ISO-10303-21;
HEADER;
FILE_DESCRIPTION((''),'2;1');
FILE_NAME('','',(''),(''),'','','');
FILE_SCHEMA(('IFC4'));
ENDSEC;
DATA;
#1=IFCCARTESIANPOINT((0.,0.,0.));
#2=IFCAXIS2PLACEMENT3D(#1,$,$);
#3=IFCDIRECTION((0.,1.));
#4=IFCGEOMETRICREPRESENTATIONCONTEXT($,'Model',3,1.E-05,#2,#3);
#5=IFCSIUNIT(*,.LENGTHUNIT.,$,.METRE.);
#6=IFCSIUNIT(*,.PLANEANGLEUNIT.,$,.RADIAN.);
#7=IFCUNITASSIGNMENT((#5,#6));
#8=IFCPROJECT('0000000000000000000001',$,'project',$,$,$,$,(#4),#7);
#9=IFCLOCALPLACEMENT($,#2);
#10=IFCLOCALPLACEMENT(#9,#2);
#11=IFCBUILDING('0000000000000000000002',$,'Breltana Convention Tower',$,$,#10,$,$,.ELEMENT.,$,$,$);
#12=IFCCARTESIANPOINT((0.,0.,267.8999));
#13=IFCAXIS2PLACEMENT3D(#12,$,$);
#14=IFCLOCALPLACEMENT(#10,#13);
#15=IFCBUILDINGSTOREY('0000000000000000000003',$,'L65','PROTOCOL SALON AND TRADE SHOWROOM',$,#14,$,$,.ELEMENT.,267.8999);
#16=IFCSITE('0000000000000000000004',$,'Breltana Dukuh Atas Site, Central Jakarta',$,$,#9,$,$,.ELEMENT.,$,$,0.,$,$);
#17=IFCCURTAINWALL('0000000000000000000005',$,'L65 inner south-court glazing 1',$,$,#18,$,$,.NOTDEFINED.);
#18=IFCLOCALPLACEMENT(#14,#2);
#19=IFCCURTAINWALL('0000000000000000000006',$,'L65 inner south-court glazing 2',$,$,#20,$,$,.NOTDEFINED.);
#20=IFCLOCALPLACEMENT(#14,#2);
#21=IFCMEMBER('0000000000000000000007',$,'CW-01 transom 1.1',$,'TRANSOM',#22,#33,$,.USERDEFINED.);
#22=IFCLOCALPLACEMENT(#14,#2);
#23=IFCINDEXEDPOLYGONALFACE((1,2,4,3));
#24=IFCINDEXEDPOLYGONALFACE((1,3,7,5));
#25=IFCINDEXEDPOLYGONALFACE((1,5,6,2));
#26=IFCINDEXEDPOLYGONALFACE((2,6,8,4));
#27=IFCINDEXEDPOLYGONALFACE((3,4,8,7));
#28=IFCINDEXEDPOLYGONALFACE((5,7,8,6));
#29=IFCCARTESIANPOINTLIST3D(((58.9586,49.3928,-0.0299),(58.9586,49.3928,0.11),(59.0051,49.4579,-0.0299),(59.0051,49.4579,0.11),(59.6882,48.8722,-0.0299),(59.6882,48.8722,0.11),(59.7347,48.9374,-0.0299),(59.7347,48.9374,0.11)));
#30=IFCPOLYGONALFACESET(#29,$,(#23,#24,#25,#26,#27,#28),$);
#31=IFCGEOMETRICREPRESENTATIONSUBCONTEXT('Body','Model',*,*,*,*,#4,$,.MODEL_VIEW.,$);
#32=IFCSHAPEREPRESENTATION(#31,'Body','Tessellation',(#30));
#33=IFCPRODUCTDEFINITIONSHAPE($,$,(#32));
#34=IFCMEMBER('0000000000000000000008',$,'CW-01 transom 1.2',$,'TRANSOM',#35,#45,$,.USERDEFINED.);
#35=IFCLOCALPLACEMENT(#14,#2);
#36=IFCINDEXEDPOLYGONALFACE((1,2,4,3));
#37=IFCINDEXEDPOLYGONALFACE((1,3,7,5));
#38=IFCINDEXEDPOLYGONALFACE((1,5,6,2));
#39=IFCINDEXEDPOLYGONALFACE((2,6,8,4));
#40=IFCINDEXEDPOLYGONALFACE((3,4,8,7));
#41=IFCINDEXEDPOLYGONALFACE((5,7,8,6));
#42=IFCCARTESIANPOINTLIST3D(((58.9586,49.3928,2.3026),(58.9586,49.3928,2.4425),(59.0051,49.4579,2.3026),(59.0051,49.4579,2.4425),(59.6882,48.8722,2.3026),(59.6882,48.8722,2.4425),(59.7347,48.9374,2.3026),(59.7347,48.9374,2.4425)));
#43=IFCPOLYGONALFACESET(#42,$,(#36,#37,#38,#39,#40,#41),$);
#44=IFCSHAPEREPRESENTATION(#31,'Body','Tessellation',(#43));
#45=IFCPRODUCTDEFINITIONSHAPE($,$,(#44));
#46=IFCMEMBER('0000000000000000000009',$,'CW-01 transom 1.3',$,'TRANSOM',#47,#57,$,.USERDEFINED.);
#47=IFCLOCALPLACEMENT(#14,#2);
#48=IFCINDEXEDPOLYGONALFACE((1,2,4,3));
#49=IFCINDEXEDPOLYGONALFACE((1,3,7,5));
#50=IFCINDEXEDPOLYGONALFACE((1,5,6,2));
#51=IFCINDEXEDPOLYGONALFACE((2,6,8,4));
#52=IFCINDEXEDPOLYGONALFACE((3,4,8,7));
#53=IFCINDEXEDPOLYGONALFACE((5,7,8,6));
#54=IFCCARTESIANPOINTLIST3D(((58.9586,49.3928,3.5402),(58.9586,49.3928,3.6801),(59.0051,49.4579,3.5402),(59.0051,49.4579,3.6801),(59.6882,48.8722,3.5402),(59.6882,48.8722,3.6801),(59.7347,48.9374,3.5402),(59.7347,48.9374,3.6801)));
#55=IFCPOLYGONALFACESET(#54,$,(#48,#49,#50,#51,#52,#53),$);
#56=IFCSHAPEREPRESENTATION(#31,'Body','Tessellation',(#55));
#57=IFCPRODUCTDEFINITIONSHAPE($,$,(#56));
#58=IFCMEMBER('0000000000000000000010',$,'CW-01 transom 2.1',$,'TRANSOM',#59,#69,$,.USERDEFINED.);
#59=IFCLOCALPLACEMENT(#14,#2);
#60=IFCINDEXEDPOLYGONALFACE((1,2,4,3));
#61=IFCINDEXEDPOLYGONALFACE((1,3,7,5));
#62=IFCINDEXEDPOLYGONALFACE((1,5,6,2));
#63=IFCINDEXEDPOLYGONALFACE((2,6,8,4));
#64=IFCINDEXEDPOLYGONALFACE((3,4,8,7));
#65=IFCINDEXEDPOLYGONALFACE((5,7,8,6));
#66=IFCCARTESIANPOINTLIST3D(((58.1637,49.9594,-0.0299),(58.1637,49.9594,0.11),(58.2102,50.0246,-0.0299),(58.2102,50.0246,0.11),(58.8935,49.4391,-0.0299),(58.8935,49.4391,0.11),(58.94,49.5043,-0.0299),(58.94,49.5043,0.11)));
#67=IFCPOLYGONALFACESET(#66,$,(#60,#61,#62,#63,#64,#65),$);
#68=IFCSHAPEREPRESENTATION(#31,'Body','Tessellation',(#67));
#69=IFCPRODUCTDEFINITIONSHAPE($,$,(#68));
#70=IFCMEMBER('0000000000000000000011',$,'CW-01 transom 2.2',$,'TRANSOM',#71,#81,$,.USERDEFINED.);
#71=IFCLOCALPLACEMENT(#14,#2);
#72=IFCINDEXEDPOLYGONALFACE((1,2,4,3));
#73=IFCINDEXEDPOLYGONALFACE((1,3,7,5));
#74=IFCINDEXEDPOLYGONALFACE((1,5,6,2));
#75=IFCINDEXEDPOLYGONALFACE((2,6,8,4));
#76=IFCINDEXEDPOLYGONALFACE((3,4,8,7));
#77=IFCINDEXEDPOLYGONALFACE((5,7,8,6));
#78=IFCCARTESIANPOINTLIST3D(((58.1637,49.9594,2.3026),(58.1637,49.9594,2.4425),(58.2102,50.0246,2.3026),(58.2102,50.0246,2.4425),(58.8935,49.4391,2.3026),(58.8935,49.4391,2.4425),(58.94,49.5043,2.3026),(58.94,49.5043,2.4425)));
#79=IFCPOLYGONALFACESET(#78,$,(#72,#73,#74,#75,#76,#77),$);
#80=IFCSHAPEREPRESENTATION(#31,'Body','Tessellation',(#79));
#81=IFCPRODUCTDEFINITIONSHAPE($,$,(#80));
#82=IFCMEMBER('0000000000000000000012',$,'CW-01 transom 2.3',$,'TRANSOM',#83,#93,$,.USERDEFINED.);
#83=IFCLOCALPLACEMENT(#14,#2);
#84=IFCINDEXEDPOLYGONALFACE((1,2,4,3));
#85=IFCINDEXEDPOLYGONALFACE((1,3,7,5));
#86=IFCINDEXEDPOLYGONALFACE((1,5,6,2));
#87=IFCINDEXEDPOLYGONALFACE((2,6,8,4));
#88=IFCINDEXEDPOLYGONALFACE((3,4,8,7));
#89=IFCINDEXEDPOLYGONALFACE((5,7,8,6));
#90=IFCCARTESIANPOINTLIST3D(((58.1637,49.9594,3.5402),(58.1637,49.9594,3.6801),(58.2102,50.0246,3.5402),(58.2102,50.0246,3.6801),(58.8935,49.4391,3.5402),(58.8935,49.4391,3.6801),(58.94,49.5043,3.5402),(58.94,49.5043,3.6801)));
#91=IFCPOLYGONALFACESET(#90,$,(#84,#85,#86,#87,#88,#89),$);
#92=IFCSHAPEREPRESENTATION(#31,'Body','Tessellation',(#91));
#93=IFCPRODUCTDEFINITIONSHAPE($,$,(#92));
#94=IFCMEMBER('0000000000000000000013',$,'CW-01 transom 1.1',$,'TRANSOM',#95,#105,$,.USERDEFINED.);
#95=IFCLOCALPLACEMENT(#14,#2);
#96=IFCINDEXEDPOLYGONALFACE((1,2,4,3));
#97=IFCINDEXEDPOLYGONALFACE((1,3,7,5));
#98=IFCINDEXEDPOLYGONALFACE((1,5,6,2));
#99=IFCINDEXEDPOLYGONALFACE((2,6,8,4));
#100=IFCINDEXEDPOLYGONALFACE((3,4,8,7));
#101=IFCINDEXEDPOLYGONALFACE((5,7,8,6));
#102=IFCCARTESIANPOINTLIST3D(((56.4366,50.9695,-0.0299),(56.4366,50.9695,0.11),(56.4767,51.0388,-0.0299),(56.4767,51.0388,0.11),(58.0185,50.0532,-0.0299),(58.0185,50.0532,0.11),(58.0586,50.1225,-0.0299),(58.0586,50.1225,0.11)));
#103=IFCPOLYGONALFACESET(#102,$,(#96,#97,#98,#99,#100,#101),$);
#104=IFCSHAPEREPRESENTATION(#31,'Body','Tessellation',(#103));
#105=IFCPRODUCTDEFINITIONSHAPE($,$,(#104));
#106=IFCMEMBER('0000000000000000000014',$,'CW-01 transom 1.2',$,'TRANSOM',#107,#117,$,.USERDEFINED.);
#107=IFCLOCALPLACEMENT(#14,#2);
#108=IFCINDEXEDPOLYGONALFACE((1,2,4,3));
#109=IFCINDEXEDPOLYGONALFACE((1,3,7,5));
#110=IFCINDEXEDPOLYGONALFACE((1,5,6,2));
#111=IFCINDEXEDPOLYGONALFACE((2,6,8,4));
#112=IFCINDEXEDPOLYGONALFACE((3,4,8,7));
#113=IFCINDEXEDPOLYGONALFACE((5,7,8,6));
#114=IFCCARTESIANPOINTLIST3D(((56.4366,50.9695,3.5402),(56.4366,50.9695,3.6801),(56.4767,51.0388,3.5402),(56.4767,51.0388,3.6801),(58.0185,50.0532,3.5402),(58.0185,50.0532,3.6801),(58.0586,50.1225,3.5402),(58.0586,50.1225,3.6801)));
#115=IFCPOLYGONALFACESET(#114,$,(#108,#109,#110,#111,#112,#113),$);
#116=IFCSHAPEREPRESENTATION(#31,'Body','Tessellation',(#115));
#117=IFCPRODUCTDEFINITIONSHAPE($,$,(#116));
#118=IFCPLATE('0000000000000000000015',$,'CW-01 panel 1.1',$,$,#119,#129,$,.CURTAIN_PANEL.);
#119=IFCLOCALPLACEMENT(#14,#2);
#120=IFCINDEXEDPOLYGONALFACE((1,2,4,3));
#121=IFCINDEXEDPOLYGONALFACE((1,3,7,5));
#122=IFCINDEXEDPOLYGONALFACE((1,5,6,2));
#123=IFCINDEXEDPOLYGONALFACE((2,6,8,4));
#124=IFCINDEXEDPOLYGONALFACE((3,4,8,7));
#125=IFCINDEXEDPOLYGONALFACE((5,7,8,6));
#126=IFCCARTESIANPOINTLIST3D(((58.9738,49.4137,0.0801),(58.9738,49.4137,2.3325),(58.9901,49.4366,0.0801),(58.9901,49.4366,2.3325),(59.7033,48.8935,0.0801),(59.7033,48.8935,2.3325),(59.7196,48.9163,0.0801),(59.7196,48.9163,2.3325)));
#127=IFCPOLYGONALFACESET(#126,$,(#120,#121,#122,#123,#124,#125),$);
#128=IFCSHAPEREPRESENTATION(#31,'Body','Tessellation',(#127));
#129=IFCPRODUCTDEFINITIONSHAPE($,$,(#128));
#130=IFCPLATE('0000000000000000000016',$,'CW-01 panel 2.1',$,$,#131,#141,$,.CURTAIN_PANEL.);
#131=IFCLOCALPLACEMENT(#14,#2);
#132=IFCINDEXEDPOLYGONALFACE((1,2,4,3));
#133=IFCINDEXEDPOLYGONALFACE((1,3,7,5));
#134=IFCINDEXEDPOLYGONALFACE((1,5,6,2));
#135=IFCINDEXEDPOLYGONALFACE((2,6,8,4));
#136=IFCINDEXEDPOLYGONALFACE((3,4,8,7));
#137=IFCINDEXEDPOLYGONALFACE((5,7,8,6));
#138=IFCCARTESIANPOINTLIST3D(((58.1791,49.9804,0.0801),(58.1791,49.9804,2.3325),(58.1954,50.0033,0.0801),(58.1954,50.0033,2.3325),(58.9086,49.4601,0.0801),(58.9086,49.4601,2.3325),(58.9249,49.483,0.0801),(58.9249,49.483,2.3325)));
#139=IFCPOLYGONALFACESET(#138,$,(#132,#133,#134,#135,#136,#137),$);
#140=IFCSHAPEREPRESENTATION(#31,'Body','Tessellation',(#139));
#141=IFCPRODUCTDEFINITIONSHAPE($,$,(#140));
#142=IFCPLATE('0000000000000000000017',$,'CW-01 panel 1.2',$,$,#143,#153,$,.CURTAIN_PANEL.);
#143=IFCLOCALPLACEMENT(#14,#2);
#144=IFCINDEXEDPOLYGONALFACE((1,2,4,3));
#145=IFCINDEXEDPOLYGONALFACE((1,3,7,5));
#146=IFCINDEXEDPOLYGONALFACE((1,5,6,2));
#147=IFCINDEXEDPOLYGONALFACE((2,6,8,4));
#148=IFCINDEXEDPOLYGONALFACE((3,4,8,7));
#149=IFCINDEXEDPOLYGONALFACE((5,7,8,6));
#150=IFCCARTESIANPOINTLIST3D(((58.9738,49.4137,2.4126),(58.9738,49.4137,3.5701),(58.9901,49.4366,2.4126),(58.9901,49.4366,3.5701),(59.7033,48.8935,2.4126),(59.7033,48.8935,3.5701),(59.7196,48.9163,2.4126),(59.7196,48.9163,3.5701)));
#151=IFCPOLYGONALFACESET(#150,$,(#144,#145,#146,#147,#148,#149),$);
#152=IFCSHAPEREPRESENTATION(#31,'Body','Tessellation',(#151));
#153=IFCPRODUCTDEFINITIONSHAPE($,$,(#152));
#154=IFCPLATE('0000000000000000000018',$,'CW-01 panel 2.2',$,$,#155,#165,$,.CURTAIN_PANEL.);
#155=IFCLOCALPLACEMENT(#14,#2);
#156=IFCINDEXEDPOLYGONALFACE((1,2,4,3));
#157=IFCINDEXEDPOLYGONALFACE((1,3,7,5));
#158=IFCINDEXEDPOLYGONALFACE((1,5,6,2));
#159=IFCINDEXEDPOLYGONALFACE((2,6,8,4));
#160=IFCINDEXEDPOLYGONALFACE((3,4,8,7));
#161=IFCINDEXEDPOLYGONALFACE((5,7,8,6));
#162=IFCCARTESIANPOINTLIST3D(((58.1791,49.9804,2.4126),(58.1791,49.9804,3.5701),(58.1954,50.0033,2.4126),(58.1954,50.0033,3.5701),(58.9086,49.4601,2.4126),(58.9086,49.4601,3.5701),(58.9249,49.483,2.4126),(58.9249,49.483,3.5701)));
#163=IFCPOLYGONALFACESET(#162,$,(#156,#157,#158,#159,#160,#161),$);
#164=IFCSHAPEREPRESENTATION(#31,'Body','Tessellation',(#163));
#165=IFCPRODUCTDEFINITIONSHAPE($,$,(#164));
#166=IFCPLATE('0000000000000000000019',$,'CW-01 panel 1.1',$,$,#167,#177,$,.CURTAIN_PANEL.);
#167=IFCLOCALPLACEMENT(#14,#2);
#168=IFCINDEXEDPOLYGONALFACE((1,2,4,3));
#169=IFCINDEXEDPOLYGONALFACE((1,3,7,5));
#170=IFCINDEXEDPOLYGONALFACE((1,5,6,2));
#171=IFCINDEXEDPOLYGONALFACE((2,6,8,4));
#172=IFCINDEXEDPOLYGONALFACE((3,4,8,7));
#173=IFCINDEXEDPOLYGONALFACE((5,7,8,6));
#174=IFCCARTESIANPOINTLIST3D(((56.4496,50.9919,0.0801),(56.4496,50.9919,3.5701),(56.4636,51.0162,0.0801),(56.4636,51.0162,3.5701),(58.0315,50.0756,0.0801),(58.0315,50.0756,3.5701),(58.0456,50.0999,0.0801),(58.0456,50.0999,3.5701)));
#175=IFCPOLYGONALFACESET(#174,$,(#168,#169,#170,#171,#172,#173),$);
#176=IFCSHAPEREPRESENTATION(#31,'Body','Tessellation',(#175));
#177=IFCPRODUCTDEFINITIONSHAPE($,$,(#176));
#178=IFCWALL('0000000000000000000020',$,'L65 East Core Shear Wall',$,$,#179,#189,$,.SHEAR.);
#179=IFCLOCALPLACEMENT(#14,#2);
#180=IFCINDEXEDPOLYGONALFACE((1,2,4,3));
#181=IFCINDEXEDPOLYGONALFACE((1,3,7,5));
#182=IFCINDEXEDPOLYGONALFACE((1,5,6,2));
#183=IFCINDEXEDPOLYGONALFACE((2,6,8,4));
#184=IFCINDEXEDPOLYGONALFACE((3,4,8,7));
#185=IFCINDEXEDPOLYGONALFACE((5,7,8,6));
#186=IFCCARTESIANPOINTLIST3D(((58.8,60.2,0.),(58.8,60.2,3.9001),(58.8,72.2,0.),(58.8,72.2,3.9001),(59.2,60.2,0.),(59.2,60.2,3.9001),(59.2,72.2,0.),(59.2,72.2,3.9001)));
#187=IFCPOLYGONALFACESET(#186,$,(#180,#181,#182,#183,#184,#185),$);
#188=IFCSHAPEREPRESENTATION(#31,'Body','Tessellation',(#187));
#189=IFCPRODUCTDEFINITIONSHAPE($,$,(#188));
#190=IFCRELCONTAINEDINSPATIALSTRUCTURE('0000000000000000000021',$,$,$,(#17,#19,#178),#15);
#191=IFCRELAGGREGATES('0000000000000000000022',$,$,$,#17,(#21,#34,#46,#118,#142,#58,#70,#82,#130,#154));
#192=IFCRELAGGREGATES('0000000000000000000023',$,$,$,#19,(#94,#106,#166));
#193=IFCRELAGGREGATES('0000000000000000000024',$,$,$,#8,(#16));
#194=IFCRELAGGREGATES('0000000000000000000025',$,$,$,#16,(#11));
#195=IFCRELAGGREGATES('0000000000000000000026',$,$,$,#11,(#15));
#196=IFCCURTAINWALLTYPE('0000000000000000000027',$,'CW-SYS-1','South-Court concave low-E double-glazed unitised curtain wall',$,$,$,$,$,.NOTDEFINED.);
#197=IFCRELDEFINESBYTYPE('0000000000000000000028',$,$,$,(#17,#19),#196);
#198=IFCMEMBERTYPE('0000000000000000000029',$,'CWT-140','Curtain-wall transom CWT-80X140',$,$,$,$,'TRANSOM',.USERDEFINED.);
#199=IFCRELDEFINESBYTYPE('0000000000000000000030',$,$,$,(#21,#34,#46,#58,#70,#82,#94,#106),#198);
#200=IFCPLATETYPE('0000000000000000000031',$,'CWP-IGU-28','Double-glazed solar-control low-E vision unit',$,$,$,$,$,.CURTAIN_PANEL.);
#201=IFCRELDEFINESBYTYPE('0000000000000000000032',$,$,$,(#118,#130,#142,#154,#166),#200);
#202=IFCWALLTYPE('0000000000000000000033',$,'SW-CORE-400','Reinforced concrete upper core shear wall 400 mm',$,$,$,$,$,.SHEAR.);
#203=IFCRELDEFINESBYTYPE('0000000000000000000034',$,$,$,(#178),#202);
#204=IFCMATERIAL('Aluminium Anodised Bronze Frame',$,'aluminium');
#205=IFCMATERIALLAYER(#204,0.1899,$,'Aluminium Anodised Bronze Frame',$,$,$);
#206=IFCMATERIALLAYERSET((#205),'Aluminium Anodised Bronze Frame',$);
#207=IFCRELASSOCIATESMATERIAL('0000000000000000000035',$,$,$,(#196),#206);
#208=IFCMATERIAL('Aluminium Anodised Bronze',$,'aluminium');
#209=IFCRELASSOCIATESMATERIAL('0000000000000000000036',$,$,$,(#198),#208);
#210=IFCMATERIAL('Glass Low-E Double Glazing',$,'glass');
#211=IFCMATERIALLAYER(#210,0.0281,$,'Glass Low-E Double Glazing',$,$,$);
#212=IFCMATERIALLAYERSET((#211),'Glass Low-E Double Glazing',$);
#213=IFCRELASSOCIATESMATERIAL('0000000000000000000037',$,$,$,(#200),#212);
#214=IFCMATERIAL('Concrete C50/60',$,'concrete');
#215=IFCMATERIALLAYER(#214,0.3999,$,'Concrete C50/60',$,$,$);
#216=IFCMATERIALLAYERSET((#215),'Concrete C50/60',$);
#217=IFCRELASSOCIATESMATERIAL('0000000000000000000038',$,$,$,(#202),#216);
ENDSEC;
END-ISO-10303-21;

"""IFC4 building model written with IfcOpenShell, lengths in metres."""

from ifc_helpers import new_model, si_unit, direction, frame, frame_2d, origin, origin_2d, place, context, subcontext, project, spatial, rectangle, extrude, source, transform, mapped, material, layer, layer_set, material_profile, profile_set, type_object, element, aggregate, save


model = new_model("IFC4")

# Units and contexts
model_context = context("Model", 3, precision=1e-05, world=origin(), true_north=direction((0.0, 1.0)))
body_context = subcontext(model_context, "Body", "Model", "MODEL_VIEW")
ifc_project = project(units=[si_unit("LENGTHUNIT", "METRE"), si_unit("PLANEANGLEUNIT", "RADIAN")], contexts=[model_context])

# Site, building, storey
site_placement = place(None, origin())
site = spatial("IfcSite", under=ifc_project, at=site_placement, Name="Breltana Dukuh Atas Site, Central Jakarta", CompositionType="ELEMENT", RefElevation=0.0)
building_placement = place(site_placement, origin())
building = spatial("IfcBuilding", under=site, at=building_placement, Name="Breltana Convention Tower", CompositionType="ELEMENT")
storey_placement = place(building_placement, frame((0.0, 0.0, 267.8999)))
storey = spatial("IfcBuildingStorey", under=building, at=storey_placement, Name="L65", Description="PROTOCOL SALON AND TRADE SHOWROOM", CompositionType="ELEMENT", Elevation=267.8999)

# Curtain walls
ifc_material_1 = material(Name="Aluminium Anodised Bronze Frame", Category="aluminium")
ifc_layer_1 = layer(ifc_material_1, 0.1899, Name="Aluminium Anodised Bronze Frame")
ifc_layer_set_1 = layer_set([ifc_layer_1], Name="Aluminium Anodised Bronze Frame")
curtain_wall_type = type_object("IfcCurtainWallType", Name="CW-SYS-1", Description="South-Court concave low-E double-glazed unitised curtain wall", PredefinedType="NOTDEFINED", material=ifc_layer_set_1)
curtain_wall_1_placement = place(storey_placement, origin())
curtain_wall_1 = element("IfcCurtainWall", 1, at=curtain_wall_1_placement, inside=storey, type_object=curtain_wall_type, Name="L65 inner south-court glazing 1", PredefinedType="NOTDEFINED")
ifc_material_2 = material(Name="Aluminium Anodised Bronze", Category="aluminium")
curtain_wall_2_placement = place(storey_placement, origin())
curtain_wall_2 = element("IfcCurtainWall", 2, at=curtain_wall_2_placement, inside=storey, type_object=curtain_wall_type, Name="L65 inner south-court glazing 2", PredefinedType="NOTDEFINED")

# Members
ifc_material_profile_1 = material_profile(ifc_material_2, rectangle(XDim=0.0801, YDim=0.1399, at=origin_2d()), Name="CWT-80X140")
ifc_profile_set_1 = profile_set([ifc_material_profile_1], Name="Aluminium Anodised Bronze")
member_type_1 = type_object("IfcMemberType", Name="CWT-140", Description="Curtain-wall transom CWT-80X140", ElementType="TRANSOM", PredefinedType="USERDEFINED", material=ifc_profile_set_1)
shared_shape_1 = source(origin(), body_context, "Body", "SweptSolid", [
    extrude(rectangle(XDim=0.0801, YDim=0.1399, at=origin_2d()), origin(), (0.0, 0.0, 1.0), 0.8962),
])
member_1_placement = place(storey_placement, frame((59.7114, 48.9048, 0.04), z_axis=(-0.814028, 0.580826, 0.0), x_axis=(-0.580826, -0.814028, 0.0)))
member_1 = element("IfcMember", 3, at=member_1_placement, type_object=member_type_1, Name="CW-01 transom 1.1", ObjectType="TRANSOM", PredefinedType="USERDEFINED", context=body_context, shape_type="MappedRepresentation", body=[
    mapped(shared_shape_1, transform((0.0, 0.0, 0.0), scale=1.0)),
])
member_2_placement = place(storey_placement, frame((59.7114, 48.9048, 2.3726), z_axis=(-0.814028, 0.580826, 0.0), x_axis=(-0.580826, -0.814028, 0.0)))
member_2 = element("IfcMember", 4, at=member_2_placement, type_object=member_type_1, Name="CW-01 transom 1.2", ObjectType="TRANSOM", PredefinedType="USERDEFINED", context=body_context, shape_type="MappedRepresentation", body=[
    mapped(shared_shape_1, transform((0.0, 0.0, 0.0), scale=1.0)),
])
member_3_placement = place(storey_placement, frame((59.7114, 48.9048, 3.6101), z_axis=(-0.814028, 0.580826, 0.0), x_axis=(-0.580826, -0.814028, 0.0)))
member_3 = element("IfcMember", 5, at=member_3_placement, type_object=member_type_1, Name="CW-01 transom 1.3", ObjectType="TRANSOM", PredefinedType="USERDEFINED", context=body_context, shape_type="MappedRepresentation", body=[
    mapped(shared_shape_1, transform((0.0, 0.0, 0.0), scale=1.0)),
])
member_4_placement = place(storey_placement, frame((58.9167, 49.4717, 0.04), z_axis=(-0.814249, 0.580516, 0.0), x_axis=(-0.580516, -0.814249, 0.0)))
member_4 = element("IfcMember", 6, at=member_4_placement, type_object=member_type_1, Name="CW-01 transom 2.1", ObjectType="TRANSOM", PredefinedType="USERDEFINED", context=body_context, shape_type="MappedRepresentation", body=[
    mapped(shared_shape_1, transform((0.0, 0.0, 0.0), scale=1.0)),
])
member_5_placement = place(storey_placement, frame((58.9167, 49.4717, 2.3726), z_axis=(-0.814249, 0.580516, 0.0), x_axis=(-0.580516, -0.814249, 0.0)))
member_5 = element("IfcMember", 7, at=member_5_placement, type_object=member_type_1, Name="CW-01 transom 2.2", ObjectType="TRANSOM", PredefinedType="USERDEFINED", context=body_context, shape_type="MappedRepresentation", body=[
    mapped(shared_shape_1, transform((0.0, 0.0, 0.0), scale=1.0)),
])
member_6_placement = place(storey_placement, frame((58.9167, 49.4717, 3.6101), z_axis=(-0.814249, 0.580516, 0.0), x_axis=(-0.580516, -0.814249, 0.0)))
member_6 = element("IfcMember", 8, at=member_6_placement, type_object=member_type_1, Name="CW-01 transom 2.3", ObjectType="TRANSOM", PredefinedType="USERDEFINED", context=body_context, shape_type="MappedRepresentation", body=[
    mapped(shared_shape_1, transform((0.0, 0.0, 0.0), scale=1.0)),
])
shared_shape_2 = source(origin(), body_context, "Body", "SweptSolid", [
    extrude(rectangle(XDim=0.0801, YDim=0.1399, at=origin_2d()), origin(), (0.0, 0.0, 1.0), 1.8281),
])
member_7_placement = place(storey_placement, frame((58.0386, 50.0879, 0.04), z_axis=(-0.865344, 0.501178, 0.0), x_axis=(-0.501178, -0.865344, 0.0)))
member_7 = element("IfcMember", 9, at=member_7_placement, type_object=member_type_1, Name="CW-01 transom 1.1", ObjectType="TRANSOM", PredefinedType="USERDEFINED", context=body_context, shape_type="MappedRepresentation", body=[
    mapped(shared_shape_2, transform((0.0, 0.0, 0.0), scale=1.0)),
])
member_8_placement = place(storey_placement, frame((58.0386, 50.0879, 3.6101), z_axis=(-0.865344, 0.501178, 0.0), x_axis=(-0.501178, -0.865344, 0.0)))
member_8 = element("IfcMember", 10, at=member_8_placement, type_object=member_type_1, Name="CW-01 transom 1.2", ObjectType="TRANSOM", PredefinedType="USERDEFINED", context=body_context, shape_type="MappedRepresentation", body=[
    mapped(shared_shape_2, transform((0.0, 0.0, 0.0), scale=1.0)),
])

# Plates
ifc_material_3 = material(Name="Glass Low-E Double Glazing", Category="glass")
ifc_layer_2 = layer(ifc_material_3, 0.0281, Name="Glass Low-E Double Glazing")
ifc_layer_set_2 = layer_set([ifc_layer_2], Name="Glass Low-E Double Glazing")
plate_type = type_object("IfcPlateType", Name="CWP-IGU-28", Description="Double-glazed solar-control low-E vision unit", PredefinedType="CURTAIN_PANEL", material=ifc_layer_set_2)
shared_shape_3 = source(origin(), body_context, "Body", "SweptSolid", [
    extrude(rectangle(XDim=0.896, YDim=0.0281, at=origin_2d()), origin(), (0.0, 0.0, 1.0), 2.2524),
])
plate_1_placement = place(storey_placement, frame((59.3467, 49.165, 0.0801), z_axis=(0.0, 0.0, 1.0), x_axis=(-0.814149, 0.580656, 0.0)))
plate_1 = element("IfcPlate", 11, at=plate_1_placement, type_object=plate_type, Name="CW-01 panel 1.1", PredefinedType="CURTAIN_PANEL", context=body_context, shape_type="MappedRepresentation", body=[
    mapped(shared_shape_3, transform((0.0, 0.0, 0.0), scale=1.0)),
])
plate_2_placement = place(storey_placement, frame((58.552, 49.7317, 0.0801), z_axis=(0.0, 0.0, 1.0), x_axis=(-0.814149, 0.580656, 0.0)))
plate_2 = element("IfcPlate", 12, at=plate_2_placement, type_object=plate_type, Name="CW-01 panel 2.1", PredefinedType="CURTAIN_PANEL", context=body_context, shape_type="MappedRepresentation", body=[
    mapped(shared_shape_3, transform((0.0, 0.0, 0.0), scale=1.0)),
])
shared_shape_4 = source(origin(), body_context, "Body", "SweptSolid", [
    extrude(rectangle(XDim=0.896, YDim=0.0281, at=origin_2d()), origin(), (0.0, 0.0, 1.0), 1.1575),
])
plate_3_placement = place(storey_placement, frame((59.3467, 49.165, 2.4126), z_axis=(0.0, 0.0, 1.0), x_axis=(-0.814149, 0.580656, 0.0)))
plate_3 = element("IfcPlate", 13, at=plate_3_placement, type_object=plate_type, Name="CW-01 panel 1.2", PredefinedType="CURTAIN_PANEL", context=body_context, shape_type="MappedRepresentation", body=[
    mapped(shared_shape_4, transform((0.0, 0.0, 0.0), scale=1.0)),
])
plate_4_placement = place(storey_placement, frame((58.552, 49.7317, 2.4126), z_axis=(0.0, 0.0, 1.0), x_axis=(-0.814149, 0.580656, 0.0)))
plate_4 = element("IfcPlate", 14, at=plate_4_placement, type_object=plate_type, Name="CW-01 panel 2.2", PredefinedType="CURTAIN_PANEL", context=body_context, shape_type="MappedRepresentation", body=[
    mapped(shared_shape_4, transform((0.0, 0.0, 0.0), scale=1.0)),
])
aggregate(curtain_wall_1, [member_1, member_2, member_3, plate_1, plate_3, member_4, member_5, member_6, plate_2, plate_4])
shared_shape_5 = source(origin(), body_context, "Body", "SweptSolid", [
    extrude(rectangle(XDim=1.8281, YDim=0.0281, at=origin_2d()), origin(), (0.0, 0.0, 1.0), 3.49),
])
plate_5_placement = place(storey_placement, frame((57.2476, 50.5459, 0.0801), z_axis=(0.0, 0.0, 1.0), x_axis=(-0.865322, 0.501217, 0.0)))
plate_5 = element("IfcPlate", 15, at=plate_5_placement, type_object=plate_type, Name="CW-01 panel 1.1", PredefinedType="CURTAIN_PANEL", context=body_context, shape_type="MappedRepresentation", body=[
    mapped(shared_shape_5, transform((0.0, 0.0, 0.0), scale=1.0)),
])
aggregate(curtain_wall_2, [member_7, member_8, plate_5])

# Wall
ifc_material_4 = material(Name="Concrete C50/60", Category="concrete")
ifc_layer_3 = layer(ifc_material_4, 0.3999, Name="Concrete C50/60")
ifc_layer_set_3 = layer_set([ifc_layer_3], Name="Concrete C50/60")
wall_type_1 = type_object("IfcWallType", Name="SW-CORE-400", Description="Reinforced concrete upper core shear wall 400 mm", PredefinedType="SHEAR", material=ifc_layer_set_3)
shared_shape_6 = source(origin(), body_context, "Body", "SweptSolid", [
    extrude(rectangle(XDim=12.0, YDim=0.3999, at=frame_2d((6.0, 0.0))), origin(), (0.0, 0.0, 1.0), 3.9001),
])
wall_1_placement = place(storey_placement, frame((59.0, 60.2, 0.0), z_axis=(0.0, 0.0, 1.0), x_axis=(0.0, 1.0, 0.0)))
element("IfcWall", 16, at=wall_1_placement, inside=storey, type_object=wall_type_1, Name="L65 East Core Shear Wall", PredefinedType="SHEAR", context=body_context, shape_type="MappedRepresentation", body=[
    mapped(shared_shape_6, transform((0.0, 0.0, 0.0), scale=1.0)),
])

save(model, "model.ifc")
